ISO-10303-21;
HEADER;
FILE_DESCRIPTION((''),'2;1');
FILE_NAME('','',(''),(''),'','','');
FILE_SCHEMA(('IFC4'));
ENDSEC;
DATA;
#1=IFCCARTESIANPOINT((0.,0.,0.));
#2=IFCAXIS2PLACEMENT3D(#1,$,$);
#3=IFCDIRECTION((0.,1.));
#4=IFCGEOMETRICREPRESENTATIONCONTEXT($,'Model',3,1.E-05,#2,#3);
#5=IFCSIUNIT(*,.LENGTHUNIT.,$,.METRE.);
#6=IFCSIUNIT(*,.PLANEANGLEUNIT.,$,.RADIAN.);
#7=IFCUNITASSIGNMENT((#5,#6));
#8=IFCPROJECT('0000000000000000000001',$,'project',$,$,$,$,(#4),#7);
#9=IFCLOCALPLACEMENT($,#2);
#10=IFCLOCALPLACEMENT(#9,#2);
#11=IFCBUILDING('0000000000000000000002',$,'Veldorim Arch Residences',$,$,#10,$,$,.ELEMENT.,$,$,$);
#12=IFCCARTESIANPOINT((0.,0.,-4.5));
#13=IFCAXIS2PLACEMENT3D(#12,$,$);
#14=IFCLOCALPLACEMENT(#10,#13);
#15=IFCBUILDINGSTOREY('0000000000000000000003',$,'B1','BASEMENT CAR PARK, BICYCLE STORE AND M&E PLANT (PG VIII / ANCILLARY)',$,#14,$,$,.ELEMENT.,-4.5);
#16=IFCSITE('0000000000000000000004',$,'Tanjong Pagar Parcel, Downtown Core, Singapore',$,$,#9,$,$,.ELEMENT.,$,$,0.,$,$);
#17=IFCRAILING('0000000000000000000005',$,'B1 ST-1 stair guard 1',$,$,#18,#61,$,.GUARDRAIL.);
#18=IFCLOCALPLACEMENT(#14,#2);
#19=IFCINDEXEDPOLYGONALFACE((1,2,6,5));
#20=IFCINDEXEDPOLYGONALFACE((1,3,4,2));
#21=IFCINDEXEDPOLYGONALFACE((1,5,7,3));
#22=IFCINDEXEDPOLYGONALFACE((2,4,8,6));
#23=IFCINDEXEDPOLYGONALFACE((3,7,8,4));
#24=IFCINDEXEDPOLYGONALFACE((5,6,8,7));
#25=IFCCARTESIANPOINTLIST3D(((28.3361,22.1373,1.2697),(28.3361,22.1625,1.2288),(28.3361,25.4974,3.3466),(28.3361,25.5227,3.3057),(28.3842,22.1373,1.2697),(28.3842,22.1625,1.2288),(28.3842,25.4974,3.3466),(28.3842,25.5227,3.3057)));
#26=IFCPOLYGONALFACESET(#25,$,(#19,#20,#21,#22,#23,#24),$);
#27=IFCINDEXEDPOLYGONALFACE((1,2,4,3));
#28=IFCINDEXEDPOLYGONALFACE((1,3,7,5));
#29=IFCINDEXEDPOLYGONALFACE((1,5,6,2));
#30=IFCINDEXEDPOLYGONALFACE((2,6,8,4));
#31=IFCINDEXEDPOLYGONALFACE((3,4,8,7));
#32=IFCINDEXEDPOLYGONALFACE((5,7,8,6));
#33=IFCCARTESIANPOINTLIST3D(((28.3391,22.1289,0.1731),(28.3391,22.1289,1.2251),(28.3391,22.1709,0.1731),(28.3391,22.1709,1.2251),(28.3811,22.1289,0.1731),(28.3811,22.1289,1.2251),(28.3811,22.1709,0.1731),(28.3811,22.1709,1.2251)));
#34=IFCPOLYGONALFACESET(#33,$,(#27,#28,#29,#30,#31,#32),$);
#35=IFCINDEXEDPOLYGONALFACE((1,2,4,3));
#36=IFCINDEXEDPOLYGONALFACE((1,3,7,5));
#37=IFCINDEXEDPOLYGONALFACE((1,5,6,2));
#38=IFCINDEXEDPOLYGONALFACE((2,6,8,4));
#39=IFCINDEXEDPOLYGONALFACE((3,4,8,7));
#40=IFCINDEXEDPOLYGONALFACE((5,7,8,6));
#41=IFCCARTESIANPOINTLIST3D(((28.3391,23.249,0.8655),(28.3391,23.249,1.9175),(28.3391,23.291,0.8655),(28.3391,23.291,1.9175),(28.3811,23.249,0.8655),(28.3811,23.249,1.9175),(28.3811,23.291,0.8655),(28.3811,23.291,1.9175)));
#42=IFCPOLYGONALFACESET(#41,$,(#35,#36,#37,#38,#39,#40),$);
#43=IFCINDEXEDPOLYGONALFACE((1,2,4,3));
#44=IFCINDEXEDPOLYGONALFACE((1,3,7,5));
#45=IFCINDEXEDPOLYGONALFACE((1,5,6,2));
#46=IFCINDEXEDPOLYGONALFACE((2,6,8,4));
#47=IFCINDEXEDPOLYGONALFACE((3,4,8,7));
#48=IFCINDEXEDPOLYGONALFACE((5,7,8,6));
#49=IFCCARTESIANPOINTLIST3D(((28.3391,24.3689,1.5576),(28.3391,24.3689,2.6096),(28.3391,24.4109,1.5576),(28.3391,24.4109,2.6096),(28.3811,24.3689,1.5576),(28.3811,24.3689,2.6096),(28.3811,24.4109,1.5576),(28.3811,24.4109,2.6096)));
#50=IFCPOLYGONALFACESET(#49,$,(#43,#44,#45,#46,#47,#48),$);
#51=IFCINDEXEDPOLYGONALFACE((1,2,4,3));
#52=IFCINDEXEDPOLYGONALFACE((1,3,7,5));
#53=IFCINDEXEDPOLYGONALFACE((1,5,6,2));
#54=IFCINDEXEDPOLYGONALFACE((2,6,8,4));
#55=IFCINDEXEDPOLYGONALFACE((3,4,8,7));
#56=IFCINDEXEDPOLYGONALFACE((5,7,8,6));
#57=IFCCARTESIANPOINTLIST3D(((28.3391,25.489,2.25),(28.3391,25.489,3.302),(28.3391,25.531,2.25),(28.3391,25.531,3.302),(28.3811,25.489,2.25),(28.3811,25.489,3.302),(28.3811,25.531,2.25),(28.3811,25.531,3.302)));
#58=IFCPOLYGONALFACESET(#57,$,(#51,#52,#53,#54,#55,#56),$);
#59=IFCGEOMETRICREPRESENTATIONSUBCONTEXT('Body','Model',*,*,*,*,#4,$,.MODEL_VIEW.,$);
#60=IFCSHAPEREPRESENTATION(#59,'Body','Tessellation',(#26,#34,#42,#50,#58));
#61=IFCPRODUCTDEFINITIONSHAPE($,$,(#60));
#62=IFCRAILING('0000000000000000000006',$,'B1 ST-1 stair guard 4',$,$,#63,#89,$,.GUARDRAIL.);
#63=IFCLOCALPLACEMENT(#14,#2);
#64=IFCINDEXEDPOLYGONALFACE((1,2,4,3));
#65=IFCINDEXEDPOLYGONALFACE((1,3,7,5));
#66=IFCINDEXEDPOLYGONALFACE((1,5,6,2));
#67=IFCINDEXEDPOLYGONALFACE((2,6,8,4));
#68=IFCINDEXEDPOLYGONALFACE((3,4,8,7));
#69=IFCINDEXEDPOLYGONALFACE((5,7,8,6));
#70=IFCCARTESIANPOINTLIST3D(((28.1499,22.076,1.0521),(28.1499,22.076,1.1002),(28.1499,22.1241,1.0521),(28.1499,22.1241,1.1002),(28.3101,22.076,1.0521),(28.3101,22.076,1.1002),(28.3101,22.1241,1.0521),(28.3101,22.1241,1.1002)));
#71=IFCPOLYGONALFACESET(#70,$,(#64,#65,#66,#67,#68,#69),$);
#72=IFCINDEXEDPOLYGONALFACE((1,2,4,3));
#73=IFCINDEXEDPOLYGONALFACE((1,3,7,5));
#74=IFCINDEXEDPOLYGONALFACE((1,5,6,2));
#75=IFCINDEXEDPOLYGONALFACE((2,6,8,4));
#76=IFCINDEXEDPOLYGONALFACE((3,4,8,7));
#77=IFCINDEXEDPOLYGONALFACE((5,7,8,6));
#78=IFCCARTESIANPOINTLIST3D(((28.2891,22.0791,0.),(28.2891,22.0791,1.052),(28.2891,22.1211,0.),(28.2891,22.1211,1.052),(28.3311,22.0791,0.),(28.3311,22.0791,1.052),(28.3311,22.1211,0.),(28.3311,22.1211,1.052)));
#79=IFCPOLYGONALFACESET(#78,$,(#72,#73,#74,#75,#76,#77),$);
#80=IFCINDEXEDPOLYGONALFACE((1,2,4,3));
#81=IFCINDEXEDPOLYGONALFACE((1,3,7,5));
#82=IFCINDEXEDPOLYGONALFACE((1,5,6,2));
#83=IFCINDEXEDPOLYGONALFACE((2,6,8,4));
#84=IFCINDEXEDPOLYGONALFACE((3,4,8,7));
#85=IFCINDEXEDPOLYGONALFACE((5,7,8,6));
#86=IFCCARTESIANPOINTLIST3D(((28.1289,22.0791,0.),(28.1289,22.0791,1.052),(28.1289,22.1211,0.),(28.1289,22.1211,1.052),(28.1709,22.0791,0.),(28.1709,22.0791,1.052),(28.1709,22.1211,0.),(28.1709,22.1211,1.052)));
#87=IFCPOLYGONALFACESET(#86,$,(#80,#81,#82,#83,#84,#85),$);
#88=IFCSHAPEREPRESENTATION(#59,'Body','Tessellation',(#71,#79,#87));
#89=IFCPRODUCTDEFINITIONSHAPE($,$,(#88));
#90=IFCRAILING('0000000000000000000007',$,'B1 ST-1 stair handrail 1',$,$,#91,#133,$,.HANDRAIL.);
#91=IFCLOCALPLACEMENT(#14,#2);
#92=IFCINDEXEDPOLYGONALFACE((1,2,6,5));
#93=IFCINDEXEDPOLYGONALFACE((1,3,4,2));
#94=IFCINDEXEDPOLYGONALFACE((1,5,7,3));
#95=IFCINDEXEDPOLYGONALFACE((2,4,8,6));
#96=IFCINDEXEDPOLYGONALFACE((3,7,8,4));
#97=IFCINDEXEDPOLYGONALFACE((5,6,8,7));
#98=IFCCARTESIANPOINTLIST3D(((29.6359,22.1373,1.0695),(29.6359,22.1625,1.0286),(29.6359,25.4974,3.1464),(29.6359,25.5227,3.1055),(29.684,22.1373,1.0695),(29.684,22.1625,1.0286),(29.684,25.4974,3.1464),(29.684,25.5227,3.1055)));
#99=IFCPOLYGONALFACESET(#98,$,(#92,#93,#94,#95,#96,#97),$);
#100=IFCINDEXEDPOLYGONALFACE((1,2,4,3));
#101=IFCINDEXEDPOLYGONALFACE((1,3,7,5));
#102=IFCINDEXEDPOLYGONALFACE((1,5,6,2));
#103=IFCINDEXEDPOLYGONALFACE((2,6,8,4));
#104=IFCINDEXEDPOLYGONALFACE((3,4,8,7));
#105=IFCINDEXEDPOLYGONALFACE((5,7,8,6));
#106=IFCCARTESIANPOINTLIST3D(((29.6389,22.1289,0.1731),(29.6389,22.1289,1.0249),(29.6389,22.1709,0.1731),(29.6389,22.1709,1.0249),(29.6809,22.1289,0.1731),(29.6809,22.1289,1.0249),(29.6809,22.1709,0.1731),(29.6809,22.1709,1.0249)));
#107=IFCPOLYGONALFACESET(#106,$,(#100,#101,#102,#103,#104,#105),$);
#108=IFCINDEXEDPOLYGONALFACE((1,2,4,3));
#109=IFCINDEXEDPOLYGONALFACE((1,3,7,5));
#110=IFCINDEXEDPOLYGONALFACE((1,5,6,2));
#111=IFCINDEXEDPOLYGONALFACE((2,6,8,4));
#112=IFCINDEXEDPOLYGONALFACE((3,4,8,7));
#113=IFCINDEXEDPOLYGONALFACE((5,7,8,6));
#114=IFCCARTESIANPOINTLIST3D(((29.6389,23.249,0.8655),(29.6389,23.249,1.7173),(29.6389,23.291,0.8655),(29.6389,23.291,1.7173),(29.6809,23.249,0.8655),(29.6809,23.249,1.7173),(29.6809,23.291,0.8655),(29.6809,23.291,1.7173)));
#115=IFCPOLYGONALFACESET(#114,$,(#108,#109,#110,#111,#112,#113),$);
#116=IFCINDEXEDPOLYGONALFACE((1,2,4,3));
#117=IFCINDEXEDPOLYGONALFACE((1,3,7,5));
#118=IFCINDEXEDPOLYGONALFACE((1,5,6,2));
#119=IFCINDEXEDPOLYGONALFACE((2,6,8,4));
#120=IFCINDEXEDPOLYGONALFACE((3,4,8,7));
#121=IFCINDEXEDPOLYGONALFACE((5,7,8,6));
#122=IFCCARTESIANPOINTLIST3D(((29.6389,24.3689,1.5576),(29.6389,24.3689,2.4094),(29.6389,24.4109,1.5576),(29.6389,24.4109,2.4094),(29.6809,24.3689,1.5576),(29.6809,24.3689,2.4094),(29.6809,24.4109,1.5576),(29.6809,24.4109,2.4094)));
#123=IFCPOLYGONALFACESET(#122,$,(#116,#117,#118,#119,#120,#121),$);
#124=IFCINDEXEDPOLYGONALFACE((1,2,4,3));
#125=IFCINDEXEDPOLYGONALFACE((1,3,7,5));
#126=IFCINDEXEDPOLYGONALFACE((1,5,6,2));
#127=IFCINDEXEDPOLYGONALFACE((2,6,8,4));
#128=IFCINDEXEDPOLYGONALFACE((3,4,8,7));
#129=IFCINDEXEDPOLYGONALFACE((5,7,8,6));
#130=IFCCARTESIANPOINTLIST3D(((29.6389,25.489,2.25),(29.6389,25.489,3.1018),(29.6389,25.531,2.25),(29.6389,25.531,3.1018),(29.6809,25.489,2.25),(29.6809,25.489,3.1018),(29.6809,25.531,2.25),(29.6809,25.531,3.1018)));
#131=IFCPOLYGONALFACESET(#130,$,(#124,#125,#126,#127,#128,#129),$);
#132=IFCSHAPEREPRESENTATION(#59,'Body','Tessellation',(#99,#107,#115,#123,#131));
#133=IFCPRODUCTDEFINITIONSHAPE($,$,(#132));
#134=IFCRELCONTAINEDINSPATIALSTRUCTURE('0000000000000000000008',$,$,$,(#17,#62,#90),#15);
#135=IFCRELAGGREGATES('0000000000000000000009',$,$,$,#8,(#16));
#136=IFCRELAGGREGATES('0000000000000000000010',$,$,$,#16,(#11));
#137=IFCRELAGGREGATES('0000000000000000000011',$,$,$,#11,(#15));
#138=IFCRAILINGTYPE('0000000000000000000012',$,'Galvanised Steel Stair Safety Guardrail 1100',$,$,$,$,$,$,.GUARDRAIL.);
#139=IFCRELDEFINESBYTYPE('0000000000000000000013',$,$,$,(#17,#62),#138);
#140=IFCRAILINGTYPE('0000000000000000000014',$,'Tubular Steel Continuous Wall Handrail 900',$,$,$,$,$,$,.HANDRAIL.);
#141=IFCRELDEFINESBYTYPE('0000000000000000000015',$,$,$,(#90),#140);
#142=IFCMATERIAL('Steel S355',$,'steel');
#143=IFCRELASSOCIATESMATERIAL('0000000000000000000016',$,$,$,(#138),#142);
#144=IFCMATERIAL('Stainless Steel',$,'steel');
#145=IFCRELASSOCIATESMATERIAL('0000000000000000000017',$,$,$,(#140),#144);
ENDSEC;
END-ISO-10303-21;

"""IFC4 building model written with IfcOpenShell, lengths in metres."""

from ifc_helpers import new_model, si_unit, direction, frame, origin, origin_2d, place, context, subcontext, project, spatial, rectangle, extrude, material, type_object, element, save


model = new_model("IFC4")

# Units and contexts
model_context = context("Model", 3, precision=1e-05, world=origin(), true_north=direction((0.0, 1.0)))
body_context = subcontext(model_context, "Body", "Model", "MODEL_VIEW")
ifc_project = project(units=[si_unit("LENGTHUNIT", "METRE"), si_unit("PLANEANGLEUNIT", "RADIAN")], contexts=[model_context])

# Site, building, storey
site_placement = place(None, origin())
site = spatial("IfcSite", under=ifc_project, at=site_placement, Name="Tanjong Pagar Parcel, Downtown Core, Singapore", CompositionType="ELEMENT", RefElevation=0.0)
building_placement = place(site_placement, origin())
building = spatial("IfcBuilding", under=site, at=building_placement, Name="Veldorim Arch Residences", CompositionType="ELEMENT")
storey_placement = place(building_placement, frame((0.0, 0.0, -4.5)))
storey = spatial("IfcBuildingStorey", under=building, at=storey_placement, Name="B1", Description="BASEMENT CAR PARK, BICYCLE STORE AND M&E PLANT (PG VIII / ANCILLARY)", CompositionType="ELEMENT", Elevation=-4.5)

# Railings
ifc_material_1 = material(Name="Steel S355", Category="steel")
railing_type_1 = type_object("IfcRailingType", Name="Galvanised Steel Stair Safety Guardrail 1100", PredefinedType="GUARDRAIL", material=ifc_material_1)
railing_1_placement = place(storey_placement, frame((28.3601, 22.1499, 0.1731)))
element("IfcRailing", 1, at=railing_1_placement, inside=storey, type_object=railing_type_1, Name="B1 ST-1 stair guard 1", PredefinedType="GUARDRAIL", context=body_context, shape_type="SweptSolid", body=[
    extrude(rectangle(XDim=0.0481, YDim=0.0481, at=origin_2d()), frame((0.0, 0.0, 1.0762), z_axis=(0.0, 0.850623, 0.525776), x_axis=(-1.0, 0.0, 0.0)), (0.0, 0.0, 1.0), 3.9502),
    extrude(rectangle(XDim=0.042, YDim=0.042, at=origin_2d()), origin(), (0.0, 0.0, 1.0), 1.052),
    extrude(rectangle(XDim=0.042, YDim=0.042, at=origin_2d()), frame((0.0, 1.1201, 0.6924)), (0.0, 0.0, 1.0), 1.052),
    extrude(rectangle(XDim=0.042, YDim=0.042, at=origin_2d()), frame((0.0, 2.24, 1.3845)), (0.0, 0.0, 1.0), 1.052),
    extrude(rectangle(XDim=0.042, YDim=0.042, at=origin_2d()), frame((0.0, 3.3601, 2.0769)), (0.0, 0.0, 1.0), 1.052),
])
railing_2_placement = place(storey_placement, frame((28.3101, 22.1001, 0.0)))
element("IfcRailing", 2, at=railing_2_placement, inside=storey, type_object=railing_type_1, Name="B1 ST-1 stair guard 4", PredefinedType="GUARDRAIL", context=body_context, shape_type="SweptSolid", body=[
    extrude(rectangle(XDim=0.0481, YDim=0.0481, at=origin_2d()), frame((0.0, 0.0, 1.0762), z_axis=(-1.0, 0.0, 0.0), x_axis=(0.0, -1.0, 0.0)), (0.0, 0.0, 1.0), 0.1602),
    extrude(rectangle(XDim=0.042, YDim=0.042, at=origin_2d()), origin(), (0.0, 0.0, 1.0), 1.052),
    extrude(rectangle(XDim=0.042, YDim=0.042, at=origin_2d()), frame((-0.1602, 0.0, 0.0)), (0.0, 0.0, 1.0), 1.052),
])
ifc_material_2 = material(Name="Stainless Steel", Category="steel")
railing_type_2 = type_object("IfcRailingType", Name="Tubular Steel Continuous Wall Handrail 900", PredefinedType="HANDRAIL", material=ifc_material_2)
railing_3_placement = place(storey_placement, frame((29.6599, 22.1499, 0.1731)))
element("IfcRailing", 3, at=railing_3_placement, inside=storey, type_object=railing_type_2, Name="B1 ST-1 stair handrail 1", PredefinedType="HANDRAIL", context=body_context, shape_type="SweptSolid", body=[
    extrude(rectangle(XDim=0.0481, YDim=0.0481, at=origin_2d()), frame((0.0, 0.0, 0.876), z_axis=(0.0, 0.850623, 0.525776), x_axis=(-1.0, 0.0, 0.0)), (0.0, 0.0, 1.0), 3.9502),
    extrude(rectangle(XDim=0.042, YDim=0.042, at=origin_2d()), origin(), (0.0, 0.0, 1.0), 0.8518),
    extrude(rectangle(XDim=0.042, YDim=0.042, at=origin_2d()), frame((0.0, 1.1201, 0.6924)), (0.0, 0.0, 1.0), 0.8518),
    extrude(rectangle(XDim=0.042, YDim=0.042, at=origin_2d()), frame((0.0, 2.24, 1.3845)), (0.0, 0.0, 1.0), 0.8518),
    extrude(rectangle(XDim=0.042, YDim=0.042, at=origin_2d()), frame((0.0, 3.3601, 2.0769)), (0.0, 0.0, 1.0), 0.8518),
])

save(model, "model.ifc")
